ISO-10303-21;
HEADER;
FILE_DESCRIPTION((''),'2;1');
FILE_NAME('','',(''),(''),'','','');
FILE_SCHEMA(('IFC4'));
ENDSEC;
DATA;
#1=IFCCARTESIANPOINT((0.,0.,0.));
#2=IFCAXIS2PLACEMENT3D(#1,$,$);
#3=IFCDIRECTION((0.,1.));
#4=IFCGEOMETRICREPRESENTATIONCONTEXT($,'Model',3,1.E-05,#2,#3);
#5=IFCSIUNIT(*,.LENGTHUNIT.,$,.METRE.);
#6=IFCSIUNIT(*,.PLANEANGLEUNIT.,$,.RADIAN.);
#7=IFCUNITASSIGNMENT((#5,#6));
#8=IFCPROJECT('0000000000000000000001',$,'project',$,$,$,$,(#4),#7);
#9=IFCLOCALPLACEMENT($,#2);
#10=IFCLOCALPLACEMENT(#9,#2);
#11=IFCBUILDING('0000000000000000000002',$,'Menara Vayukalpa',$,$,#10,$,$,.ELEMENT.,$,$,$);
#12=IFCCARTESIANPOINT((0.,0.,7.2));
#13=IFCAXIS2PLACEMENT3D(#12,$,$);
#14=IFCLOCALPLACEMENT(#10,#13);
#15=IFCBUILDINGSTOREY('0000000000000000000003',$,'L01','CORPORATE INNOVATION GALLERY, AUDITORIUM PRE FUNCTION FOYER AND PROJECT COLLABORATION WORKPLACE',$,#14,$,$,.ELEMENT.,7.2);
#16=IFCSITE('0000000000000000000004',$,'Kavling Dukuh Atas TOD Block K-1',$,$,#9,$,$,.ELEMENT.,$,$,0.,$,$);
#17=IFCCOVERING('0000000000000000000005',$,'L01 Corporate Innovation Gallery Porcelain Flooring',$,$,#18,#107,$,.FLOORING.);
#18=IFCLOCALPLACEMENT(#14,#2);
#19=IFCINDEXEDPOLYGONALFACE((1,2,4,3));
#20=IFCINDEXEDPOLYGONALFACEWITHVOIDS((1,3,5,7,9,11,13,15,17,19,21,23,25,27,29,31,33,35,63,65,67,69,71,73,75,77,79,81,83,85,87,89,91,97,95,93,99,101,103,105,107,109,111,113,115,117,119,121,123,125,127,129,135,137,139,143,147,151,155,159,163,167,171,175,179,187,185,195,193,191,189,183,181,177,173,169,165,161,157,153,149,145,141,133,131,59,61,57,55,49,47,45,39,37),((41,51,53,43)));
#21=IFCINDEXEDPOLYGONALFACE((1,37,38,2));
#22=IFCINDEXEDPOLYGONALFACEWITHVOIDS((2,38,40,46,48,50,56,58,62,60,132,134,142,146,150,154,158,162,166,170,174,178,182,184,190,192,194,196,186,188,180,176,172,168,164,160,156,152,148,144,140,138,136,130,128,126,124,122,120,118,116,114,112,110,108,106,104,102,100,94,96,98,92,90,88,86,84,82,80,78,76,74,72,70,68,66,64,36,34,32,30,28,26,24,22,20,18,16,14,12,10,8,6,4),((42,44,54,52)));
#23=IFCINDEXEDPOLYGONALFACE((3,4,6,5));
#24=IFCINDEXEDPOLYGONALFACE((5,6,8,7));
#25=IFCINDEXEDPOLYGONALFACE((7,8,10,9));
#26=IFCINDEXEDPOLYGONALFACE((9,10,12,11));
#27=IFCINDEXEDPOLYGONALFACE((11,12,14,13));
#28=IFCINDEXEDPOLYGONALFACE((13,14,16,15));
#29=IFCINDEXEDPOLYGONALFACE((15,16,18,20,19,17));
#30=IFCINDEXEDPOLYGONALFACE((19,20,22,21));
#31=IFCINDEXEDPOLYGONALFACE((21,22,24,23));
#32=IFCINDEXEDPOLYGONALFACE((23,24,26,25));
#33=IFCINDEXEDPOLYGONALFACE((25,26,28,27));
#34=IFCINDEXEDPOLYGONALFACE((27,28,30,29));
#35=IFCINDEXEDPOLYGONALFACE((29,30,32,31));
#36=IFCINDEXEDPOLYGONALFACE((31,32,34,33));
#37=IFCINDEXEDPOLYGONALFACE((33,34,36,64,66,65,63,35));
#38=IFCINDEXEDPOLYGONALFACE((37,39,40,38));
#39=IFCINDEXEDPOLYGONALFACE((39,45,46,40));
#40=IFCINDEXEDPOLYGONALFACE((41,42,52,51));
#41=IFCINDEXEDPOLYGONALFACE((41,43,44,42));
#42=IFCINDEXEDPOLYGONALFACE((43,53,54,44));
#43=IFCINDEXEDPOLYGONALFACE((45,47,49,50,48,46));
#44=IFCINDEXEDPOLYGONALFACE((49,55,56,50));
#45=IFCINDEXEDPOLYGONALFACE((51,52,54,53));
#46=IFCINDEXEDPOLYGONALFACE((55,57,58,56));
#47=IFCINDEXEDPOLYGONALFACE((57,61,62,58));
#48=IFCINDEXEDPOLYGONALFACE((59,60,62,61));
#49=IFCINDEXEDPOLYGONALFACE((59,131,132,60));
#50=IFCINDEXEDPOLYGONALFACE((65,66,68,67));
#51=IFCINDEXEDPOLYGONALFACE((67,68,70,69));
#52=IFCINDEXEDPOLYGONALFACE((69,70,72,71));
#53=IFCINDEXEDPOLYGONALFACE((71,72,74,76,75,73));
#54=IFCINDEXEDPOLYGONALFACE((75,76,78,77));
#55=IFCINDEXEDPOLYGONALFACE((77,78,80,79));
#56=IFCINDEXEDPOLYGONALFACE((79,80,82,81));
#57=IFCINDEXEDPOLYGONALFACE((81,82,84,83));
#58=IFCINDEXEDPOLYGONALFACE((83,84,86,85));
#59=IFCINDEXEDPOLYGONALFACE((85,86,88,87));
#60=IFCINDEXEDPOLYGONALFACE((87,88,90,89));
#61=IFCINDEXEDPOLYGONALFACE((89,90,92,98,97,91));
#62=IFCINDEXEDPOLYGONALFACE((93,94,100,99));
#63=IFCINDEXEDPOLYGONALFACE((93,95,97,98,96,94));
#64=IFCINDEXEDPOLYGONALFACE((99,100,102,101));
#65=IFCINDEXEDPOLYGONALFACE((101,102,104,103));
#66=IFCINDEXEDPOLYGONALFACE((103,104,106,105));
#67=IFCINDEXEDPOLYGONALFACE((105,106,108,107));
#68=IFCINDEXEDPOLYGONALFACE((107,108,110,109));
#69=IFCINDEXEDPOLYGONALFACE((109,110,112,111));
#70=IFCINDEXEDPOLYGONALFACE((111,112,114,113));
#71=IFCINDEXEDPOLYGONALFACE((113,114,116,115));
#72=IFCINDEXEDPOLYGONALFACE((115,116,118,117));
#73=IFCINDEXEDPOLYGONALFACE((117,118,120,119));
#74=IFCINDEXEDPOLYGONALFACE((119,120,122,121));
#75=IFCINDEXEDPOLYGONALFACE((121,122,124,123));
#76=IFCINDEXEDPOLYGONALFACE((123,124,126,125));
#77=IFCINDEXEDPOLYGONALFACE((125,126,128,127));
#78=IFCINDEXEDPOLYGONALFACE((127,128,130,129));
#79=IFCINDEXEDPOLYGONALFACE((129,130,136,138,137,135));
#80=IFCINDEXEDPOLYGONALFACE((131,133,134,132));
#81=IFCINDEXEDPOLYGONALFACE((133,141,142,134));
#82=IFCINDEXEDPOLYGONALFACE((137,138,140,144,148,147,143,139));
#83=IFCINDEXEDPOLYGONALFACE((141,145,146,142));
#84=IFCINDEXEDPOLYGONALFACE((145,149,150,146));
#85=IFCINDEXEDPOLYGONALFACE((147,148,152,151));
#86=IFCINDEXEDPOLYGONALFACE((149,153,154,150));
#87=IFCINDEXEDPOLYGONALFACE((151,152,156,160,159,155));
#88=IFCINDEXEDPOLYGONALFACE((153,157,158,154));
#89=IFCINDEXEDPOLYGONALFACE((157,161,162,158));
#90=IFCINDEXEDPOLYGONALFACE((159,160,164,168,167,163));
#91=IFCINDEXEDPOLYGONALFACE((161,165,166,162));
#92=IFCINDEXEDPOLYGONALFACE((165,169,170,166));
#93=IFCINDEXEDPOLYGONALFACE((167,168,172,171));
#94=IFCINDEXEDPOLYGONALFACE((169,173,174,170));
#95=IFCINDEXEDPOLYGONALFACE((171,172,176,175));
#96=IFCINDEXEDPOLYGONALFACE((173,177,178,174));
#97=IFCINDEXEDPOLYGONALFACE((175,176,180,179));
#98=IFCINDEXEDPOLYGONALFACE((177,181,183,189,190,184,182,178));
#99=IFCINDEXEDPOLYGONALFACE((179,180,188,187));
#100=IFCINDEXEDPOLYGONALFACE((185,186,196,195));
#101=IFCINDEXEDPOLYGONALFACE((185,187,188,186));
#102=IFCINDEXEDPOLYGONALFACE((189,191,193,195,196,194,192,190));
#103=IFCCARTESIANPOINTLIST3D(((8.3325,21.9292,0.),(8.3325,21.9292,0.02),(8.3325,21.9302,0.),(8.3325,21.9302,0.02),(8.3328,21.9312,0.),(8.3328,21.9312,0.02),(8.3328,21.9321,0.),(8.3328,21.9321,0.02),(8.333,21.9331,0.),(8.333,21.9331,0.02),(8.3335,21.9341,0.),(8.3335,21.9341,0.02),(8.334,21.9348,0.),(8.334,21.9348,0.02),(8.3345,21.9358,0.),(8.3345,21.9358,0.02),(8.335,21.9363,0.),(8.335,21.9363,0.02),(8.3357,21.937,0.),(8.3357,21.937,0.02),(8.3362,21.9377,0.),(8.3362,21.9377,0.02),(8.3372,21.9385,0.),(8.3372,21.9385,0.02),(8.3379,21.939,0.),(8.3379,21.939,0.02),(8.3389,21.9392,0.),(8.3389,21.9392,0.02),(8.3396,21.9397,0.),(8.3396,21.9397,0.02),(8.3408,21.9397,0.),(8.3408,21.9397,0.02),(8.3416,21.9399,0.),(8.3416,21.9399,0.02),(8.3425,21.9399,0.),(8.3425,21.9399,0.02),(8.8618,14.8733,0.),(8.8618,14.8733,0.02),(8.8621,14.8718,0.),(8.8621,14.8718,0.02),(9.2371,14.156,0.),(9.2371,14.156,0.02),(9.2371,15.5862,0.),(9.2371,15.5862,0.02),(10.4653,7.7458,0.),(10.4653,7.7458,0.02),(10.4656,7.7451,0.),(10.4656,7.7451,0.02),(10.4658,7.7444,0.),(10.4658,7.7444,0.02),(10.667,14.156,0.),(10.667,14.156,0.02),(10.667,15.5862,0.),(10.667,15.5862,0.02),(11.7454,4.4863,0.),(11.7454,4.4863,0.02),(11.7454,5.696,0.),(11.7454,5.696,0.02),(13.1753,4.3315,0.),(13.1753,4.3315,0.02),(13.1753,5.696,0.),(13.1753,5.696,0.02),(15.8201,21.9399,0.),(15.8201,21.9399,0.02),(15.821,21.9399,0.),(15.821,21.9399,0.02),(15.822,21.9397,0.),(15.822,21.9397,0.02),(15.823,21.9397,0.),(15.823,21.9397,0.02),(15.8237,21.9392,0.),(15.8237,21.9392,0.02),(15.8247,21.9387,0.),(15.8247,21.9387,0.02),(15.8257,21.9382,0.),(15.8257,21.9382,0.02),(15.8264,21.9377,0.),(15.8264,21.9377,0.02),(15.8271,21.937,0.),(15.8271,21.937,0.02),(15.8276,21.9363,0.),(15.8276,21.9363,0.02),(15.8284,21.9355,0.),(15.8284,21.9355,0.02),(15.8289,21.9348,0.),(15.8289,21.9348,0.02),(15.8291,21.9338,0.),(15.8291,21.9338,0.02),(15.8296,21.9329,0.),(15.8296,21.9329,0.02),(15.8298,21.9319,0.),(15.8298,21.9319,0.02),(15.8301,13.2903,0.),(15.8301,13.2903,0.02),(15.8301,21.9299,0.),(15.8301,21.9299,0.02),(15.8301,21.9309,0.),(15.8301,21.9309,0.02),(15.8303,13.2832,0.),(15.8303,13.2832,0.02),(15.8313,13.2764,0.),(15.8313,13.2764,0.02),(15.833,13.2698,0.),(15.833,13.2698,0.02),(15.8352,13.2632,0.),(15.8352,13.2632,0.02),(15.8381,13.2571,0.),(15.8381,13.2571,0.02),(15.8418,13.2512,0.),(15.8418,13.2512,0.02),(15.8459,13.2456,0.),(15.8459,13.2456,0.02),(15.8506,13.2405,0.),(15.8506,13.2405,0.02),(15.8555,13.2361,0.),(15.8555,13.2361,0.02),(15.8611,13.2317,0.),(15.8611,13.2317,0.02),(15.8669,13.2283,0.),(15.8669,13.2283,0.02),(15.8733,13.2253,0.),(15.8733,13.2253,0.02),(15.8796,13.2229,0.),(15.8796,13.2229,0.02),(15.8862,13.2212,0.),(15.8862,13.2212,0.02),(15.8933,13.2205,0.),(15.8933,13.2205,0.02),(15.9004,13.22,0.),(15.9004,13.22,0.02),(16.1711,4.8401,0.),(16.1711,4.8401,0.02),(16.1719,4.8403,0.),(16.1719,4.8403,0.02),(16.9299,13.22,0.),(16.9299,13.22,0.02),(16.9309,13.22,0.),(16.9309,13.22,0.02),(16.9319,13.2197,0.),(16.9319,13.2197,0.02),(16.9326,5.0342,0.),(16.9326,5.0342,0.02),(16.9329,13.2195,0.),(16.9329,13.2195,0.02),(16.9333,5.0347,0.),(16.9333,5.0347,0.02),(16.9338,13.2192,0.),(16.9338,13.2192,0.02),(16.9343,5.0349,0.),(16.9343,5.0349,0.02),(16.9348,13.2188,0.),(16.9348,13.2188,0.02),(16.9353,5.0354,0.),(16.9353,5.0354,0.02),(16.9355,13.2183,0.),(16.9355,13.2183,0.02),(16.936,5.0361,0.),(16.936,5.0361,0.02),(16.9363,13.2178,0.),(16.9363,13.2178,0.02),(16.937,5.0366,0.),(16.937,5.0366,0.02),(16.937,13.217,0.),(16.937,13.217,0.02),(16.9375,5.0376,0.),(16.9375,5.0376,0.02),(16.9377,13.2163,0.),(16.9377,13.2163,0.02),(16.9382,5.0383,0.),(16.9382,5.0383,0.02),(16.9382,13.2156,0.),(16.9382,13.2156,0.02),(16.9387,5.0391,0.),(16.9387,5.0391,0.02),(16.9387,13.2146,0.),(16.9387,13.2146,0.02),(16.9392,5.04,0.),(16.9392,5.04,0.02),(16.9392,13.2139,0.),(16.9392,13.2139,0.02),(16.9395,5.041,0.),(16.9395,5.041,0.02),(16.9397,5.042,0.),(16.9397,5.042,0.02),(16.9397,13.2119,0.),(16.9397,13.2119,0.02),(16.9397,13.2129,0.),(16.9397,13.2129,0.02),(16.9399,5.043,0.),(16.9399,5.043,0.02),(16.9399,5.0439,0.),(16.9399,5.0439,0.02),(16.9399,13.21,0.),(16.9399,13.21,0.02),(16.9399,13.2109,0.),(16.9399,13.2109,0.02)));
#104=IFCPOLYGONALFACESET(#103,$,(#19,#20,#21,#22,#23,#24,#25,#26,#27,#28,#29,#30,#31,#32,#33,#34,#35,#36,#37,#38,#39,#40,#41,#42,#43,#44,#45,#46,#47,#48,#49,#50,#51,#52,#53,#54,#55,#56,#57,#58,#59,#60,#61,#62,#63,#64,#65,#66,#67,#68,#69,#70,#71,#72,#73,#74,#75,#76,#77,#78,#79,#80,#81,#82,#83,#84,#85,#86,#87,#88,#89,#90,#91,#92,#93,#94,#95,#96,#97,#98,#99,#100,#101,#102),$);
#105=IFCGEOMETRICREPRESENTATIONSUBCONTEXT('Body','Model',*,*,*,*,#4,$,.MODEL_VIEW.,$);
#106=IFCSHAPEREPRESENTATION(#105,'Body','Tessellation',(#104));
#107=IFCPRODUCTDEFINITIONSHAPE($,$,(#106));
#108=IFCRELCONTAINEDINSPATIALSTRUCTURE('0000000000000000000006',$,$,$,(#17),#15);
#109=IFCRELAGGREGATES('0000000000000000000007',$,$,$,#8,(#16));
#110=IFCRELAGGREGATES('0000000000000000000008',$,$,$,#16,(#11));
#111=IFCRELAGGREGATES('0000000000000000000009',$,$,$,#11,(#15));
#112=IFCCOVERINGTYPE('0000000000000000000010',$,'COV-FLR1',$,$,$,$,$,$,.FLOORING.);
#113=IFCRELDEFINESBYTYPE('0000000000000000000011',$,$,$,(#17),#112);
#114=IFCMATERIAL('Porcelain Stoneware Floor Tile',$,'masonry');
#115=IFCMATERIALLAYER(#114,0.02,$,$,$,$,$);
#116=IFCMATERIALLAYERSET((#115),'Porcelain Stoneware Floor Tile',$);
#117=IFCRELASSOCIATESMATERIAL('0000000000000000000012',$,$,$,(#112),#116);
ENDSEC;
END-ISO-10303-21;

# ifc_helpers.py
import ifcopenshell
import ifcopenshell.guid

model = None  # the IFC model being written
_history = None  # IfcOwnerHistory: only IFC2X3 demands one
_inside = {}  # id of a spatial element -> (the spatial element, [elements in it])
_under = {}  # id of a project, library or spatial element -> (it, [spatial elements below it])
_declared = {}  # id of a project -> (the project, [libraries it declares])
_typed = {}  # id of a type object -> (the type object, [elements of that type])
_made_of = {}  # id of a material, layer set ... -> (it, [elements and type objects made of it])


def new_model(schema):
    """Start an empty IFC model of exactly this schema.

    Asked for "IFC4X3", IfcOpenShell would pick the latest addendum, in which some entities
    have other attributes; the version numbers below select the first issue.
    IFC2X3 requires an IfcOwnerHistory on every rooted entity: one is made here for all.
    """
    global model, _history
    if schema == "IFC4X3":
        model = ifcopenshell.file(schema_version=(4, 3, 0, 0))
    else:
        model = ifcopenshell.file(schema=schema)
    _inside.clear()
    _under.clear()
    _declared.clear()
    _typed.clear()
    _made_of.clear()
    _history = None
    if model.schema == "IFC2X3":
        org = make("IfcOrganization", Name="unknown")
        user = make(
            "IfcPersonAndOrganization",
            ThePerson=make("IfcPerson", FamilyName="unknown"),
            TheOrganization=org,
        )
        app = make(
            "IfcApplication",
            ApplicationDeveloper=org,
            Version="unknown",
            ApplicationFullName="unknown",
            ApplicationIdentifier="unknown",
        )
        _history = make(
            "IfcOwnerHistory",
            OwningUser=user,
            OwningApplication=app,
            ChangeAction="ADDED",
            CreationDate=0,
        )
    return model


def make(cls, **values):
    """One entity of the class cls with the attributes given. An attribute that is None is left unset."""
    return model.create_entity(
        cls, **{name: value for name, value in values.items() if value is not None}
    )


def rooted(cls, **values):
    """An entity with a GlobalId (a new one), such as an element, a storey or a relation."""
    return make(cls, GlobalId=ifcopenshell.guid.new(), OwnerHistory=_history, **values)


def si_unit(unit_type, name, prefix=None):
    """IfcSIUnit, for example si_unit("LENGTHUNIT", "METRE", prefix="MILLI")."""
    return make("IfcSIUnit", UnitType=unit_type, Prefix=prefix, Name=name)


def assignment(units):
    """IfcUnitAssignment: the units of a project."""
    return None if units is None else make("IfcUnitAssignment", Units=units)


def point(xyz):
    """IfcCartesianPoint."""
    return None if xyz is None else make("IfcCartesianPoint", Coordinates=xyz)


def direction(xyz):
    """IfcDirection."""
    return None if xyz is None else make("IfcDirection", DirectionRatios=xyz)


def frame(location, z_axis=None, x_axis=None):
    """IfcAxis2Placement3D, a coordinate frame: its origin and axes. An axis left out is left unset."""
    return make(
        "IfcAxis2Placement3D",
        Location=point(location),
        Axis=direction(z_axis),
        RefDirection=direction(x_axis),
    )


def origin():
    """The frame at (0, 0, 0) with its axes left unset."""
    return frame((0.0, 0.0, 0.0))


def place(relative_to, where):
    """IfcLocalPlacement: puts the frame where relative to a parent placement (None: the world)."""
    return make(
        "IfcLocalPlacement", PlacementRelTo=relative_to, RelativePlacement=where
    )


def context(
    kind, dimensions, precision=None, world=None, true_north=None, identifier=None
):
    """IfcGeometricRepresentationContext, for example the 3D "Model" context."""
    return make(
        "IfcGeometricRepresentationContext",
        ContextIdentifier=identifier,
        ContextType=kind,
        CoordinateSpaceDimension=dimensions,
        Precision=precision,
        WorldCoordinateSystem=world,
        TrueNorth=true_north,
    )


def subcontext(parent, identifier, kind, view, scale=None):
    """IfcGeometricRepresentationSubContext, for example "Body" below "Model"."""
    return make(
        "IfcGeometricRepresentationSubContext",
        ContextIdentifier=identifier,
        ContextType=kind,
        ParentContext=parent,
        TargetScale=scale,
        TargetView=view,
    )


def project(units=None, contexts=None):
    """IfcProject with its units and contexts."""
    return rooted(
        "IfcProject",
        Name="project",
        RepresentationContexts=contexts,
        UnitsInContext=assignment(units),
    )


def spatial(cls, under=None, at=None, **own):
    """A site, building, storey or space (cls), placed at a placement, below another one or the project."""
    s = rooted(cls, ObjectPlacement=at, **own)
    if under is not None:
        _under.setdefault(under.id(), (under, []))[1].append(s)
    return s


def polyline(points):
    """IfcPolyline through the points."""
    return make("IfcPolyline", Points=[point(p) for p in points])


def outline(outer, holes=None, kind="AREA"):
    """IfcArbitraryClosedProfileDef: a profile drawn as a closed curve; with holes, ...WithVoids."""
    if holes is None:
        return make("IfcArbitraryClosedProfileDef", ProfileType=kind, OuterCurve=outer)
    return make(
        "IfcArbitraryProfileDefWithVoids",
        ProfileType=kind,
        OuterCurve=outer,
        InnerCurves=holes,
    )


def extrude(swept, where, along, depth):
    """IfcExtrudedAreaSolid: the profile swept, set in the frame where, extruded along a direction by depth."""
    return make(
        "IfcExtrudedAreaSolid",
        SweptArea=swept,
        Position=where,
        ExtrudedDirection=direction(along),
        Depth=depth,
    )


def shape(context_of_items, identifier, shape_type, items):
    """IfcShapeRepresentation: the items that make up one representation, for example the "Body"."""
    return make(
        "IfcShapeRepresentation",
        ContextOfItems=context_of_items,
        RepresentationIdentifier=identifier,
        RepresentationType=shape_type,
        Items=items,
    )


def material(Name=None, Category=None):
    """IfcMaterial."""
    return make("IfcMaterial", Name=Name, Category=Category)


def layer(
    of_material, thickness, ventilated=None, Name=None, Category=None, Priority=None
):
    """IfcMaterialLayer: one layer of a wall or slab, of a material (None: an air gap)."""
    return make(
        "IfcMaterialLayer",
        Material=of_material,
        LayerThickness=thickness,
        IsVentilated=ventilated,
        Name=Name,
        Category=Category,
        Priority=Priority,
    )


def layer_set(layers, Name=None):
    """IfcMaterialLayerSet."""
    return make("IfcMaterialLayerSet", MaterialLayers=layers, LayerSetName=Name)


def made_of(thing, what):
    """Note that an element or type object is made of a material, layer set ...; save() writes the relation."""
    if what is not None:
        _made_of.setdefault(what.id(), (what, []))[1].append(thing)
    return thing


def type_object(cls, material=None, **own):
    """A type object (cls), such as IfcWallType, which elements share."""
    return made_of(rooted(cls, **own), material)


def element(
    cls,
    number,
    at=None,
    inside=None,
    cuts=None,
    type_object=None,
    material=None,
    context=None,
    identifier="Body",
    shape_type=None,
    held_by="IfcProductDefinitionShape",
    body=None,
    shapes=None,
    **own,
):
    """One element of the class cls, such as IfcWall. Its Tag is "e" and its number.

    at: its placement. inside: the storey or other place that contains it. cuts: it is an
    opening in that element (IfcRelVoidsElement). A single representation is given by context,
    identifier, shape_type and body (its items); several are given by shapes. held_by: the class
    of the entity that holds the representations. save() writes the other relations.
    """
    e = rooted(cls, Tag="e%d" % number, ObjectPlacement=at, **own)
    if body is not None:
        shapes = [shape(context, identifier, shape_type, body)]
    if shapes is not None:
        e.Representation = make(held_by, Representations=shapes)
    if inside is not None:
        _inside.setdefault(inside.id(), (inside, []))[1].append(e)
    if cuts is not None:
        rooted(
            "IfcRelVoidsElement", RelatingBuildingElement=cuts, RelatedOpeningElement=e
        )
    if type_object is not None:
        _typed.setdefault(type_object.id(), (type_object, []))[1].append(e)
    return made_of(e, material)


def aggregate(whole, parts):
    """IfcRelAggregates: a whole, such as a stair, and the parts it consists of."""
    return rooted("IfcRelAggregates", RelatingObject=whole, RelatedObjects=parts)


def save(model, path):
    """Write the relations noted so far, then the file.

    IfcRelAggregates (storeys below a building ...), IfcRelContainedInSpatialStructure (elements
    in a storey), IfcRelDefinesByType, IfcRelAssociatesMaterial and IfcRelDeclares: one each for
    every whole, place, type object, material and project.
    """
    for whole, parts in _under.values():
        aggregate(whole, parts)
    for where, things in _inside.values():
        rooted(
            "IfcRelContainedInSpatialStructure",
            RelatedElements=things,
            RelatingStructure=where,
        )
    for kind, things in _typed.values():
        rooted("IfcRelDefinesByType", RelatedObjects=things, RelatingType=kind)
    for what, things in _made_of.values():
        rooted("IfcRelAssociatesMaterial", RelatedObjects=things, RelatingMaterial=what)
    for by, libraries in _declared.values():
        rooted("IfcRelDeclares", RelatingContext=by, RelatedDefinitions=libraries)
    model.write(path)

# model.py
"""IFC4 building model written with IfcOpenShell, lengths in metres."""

from ifc_helpers import new_model, si_unit, direction, frame, origin, place, context, subcontext, project, spatial, polyline, outline, extrude, material, layer, layer_set, type_object, element, save


model = new_model("IFC4")

# Units and contexts
model_context = context("Model", 3, precision=1e-05, world=origin(), true_north=direction((0.0, 1.0)))
body_context = subcontext(model_context, "Body", "Model", "MODEL_VIEW")
ifc_project = project(units=[si_unit("LENGTHUNIT", "METRE"), si_unit("PLANEANGLEUNIT", "RADIAN")], contexts=[model_context])

# Site, building, storey
site_placement = place(None, origin())
site = spatial("IfcSite", under=ifc_project, at=site_placement, Name="Kavling Dukuh Atas TOD Block K-1", CompositionType="ELEMENT", RefElevation=0.0)
building_placement = place(site_placement, origin())
building = spatial("IfcBuilding", under=site, at=building_placement, Name="Menara Vayukalpa", CompositionType="ELEMENT")
storey_placement = place(building_placement, frame((0.0, 0.0, 7.2)))
storey = spatial("IfcBuildingStorey", under=building, at=storey_placement, Name="L01", Description="CORPORATE INNOVATION GALLERY, AUDITORIUM PRE FUNCTION FOYER AND PROJECT COLLABORATION WORKPLACE", CompositionType="ELEMENT", Elevation=7.2)

# Covering
ifc_material_1 = material(Name="Porcelain Stoneware Floor Tile", Category="masonry")
ifc_layer_1 = layer(ifc_material_1, 0.02)
ifc_layer_set_1 = layer_set([ifc_layer_1], Name="Porcelain Stoneware Floor Tile")
covering_type_1 = type_object("IfcCoveringType", Name="COV-FLR1", PredefinedType="FLOORING", material=ifc_layer_set_1)
covering_1_placement = place(storey_placement, origin())
element("IfcCovering", 1, at=covering_1_placement, inside=storey, type_object=covering_type_1, Name="L01 Corporate Innovation Gallery Porcelain Flooring", PredefinedType="FLOORING", context=body_context, shape_type="SweptSolid", body=[
    extrude(outline(polyline([(10.4658, 7.7444), (10.4656, 7.7451), (10.4653, 7.7458), (8.8621, 14.8718), (8.8618, 14.8733), (8.3325, 21.9292), (8.3325, 21.9302), (8.3328, 21.9312), (8.3328, 21.9321), (8.333, 21.9331), (8.3335, 21.9341), (8.334, 21.9348), (8.3345, 21.9358), (8.335, 21.9363), (8.3357, 21.937), (8.3362, 21.9377), (8.3372, 21.9385), (8.3379, 21.939), (8.3389, 21.9392), (8.3396, 21.9397), (8.3408, 21.9397), (8.3416, 21.9399), (8.3425, 21.9399), (15.8201, 21.9399), (15.821, 21.9399), (15.822, 21.9397), (15.823, 21.9397), (15.8237, 21.9392), (15.8247, 21.9387), (15.8257, 21.9382), (15.8264, 21.9377), (15.8271, 21.937), (15.8276, 21.9363), (15.8284, 21.9355), (15.8289, 21.9348), (15.8291, 21.9338), (15.8296, 21.9329), (15.8298, 21.9319), (15.8301, 21.9309), (15.8301, 21.9299), (15.8301, 13.2903), (15.8303, 13.2832), (15.8313, 13.2764), (15.833, 13.2698), (15.8352, 13.2632), (15.8381, 13.2571), (15.8418, 13.2512), (15.8459, 13.2456), (15.8506, 13.2405), (15.8555, 13.2361), (15.8611, 13.2317), (15.8669, 13.2283), (15.8733, 13.2253), (15.8796, 13.2229), (15.8862, 13.2212), (15.8933, 13.2205), (15.9004, 13.22), (16.9299, 13.22), (16.9309, 13.22), (16.9319, 13.2197), (16.9329, 13.2195), (16.9338, 13.2192), (16.9348, 13.2188), (16.9355, 13.2183), (16.9363, 13.2178), (16.937, 13.217), (16.9377, 13.2163), (16.9382, 13.2156), (16.9387, 13.2146), (16.9392, 13.2139), (16.9397, 13.2129), (16.9397, 13.2119), (16.9399, 13.2109), (16.9399, 13.21), (16.9399, 5.0439), (16.9399, 5.043), (16.9397, 5.042), (16.9395, 5.041), (16.9392, 5.04), (16.9387, 5.0391), (16.9382, 5.0383), (16.9375, 5.0376), (16.937, 5.0366), (16.936, 5.0361), (16.9353, 5.0354), (16.9343, 5.0349), (16.9333, 5.0347), (16.9326, 5.0342), (16.1719, 4.8403), (16.1711, 4.8401), (13.1753, 4.3315), (13.1753, 5.696), (11.7454, 5.696), (11.7454, 4.4863), (10.4658, 7.7444)]), holes=[polyline([(10.667, 15.5862), (9.2371, 15.5862), (9.2371, 14.156), (10.667, 14.156), (10.667, 15.5862)])]), origin(), (0.0, 0.0, 1.0), 0.02),
])

save(model, "model.ifc")
